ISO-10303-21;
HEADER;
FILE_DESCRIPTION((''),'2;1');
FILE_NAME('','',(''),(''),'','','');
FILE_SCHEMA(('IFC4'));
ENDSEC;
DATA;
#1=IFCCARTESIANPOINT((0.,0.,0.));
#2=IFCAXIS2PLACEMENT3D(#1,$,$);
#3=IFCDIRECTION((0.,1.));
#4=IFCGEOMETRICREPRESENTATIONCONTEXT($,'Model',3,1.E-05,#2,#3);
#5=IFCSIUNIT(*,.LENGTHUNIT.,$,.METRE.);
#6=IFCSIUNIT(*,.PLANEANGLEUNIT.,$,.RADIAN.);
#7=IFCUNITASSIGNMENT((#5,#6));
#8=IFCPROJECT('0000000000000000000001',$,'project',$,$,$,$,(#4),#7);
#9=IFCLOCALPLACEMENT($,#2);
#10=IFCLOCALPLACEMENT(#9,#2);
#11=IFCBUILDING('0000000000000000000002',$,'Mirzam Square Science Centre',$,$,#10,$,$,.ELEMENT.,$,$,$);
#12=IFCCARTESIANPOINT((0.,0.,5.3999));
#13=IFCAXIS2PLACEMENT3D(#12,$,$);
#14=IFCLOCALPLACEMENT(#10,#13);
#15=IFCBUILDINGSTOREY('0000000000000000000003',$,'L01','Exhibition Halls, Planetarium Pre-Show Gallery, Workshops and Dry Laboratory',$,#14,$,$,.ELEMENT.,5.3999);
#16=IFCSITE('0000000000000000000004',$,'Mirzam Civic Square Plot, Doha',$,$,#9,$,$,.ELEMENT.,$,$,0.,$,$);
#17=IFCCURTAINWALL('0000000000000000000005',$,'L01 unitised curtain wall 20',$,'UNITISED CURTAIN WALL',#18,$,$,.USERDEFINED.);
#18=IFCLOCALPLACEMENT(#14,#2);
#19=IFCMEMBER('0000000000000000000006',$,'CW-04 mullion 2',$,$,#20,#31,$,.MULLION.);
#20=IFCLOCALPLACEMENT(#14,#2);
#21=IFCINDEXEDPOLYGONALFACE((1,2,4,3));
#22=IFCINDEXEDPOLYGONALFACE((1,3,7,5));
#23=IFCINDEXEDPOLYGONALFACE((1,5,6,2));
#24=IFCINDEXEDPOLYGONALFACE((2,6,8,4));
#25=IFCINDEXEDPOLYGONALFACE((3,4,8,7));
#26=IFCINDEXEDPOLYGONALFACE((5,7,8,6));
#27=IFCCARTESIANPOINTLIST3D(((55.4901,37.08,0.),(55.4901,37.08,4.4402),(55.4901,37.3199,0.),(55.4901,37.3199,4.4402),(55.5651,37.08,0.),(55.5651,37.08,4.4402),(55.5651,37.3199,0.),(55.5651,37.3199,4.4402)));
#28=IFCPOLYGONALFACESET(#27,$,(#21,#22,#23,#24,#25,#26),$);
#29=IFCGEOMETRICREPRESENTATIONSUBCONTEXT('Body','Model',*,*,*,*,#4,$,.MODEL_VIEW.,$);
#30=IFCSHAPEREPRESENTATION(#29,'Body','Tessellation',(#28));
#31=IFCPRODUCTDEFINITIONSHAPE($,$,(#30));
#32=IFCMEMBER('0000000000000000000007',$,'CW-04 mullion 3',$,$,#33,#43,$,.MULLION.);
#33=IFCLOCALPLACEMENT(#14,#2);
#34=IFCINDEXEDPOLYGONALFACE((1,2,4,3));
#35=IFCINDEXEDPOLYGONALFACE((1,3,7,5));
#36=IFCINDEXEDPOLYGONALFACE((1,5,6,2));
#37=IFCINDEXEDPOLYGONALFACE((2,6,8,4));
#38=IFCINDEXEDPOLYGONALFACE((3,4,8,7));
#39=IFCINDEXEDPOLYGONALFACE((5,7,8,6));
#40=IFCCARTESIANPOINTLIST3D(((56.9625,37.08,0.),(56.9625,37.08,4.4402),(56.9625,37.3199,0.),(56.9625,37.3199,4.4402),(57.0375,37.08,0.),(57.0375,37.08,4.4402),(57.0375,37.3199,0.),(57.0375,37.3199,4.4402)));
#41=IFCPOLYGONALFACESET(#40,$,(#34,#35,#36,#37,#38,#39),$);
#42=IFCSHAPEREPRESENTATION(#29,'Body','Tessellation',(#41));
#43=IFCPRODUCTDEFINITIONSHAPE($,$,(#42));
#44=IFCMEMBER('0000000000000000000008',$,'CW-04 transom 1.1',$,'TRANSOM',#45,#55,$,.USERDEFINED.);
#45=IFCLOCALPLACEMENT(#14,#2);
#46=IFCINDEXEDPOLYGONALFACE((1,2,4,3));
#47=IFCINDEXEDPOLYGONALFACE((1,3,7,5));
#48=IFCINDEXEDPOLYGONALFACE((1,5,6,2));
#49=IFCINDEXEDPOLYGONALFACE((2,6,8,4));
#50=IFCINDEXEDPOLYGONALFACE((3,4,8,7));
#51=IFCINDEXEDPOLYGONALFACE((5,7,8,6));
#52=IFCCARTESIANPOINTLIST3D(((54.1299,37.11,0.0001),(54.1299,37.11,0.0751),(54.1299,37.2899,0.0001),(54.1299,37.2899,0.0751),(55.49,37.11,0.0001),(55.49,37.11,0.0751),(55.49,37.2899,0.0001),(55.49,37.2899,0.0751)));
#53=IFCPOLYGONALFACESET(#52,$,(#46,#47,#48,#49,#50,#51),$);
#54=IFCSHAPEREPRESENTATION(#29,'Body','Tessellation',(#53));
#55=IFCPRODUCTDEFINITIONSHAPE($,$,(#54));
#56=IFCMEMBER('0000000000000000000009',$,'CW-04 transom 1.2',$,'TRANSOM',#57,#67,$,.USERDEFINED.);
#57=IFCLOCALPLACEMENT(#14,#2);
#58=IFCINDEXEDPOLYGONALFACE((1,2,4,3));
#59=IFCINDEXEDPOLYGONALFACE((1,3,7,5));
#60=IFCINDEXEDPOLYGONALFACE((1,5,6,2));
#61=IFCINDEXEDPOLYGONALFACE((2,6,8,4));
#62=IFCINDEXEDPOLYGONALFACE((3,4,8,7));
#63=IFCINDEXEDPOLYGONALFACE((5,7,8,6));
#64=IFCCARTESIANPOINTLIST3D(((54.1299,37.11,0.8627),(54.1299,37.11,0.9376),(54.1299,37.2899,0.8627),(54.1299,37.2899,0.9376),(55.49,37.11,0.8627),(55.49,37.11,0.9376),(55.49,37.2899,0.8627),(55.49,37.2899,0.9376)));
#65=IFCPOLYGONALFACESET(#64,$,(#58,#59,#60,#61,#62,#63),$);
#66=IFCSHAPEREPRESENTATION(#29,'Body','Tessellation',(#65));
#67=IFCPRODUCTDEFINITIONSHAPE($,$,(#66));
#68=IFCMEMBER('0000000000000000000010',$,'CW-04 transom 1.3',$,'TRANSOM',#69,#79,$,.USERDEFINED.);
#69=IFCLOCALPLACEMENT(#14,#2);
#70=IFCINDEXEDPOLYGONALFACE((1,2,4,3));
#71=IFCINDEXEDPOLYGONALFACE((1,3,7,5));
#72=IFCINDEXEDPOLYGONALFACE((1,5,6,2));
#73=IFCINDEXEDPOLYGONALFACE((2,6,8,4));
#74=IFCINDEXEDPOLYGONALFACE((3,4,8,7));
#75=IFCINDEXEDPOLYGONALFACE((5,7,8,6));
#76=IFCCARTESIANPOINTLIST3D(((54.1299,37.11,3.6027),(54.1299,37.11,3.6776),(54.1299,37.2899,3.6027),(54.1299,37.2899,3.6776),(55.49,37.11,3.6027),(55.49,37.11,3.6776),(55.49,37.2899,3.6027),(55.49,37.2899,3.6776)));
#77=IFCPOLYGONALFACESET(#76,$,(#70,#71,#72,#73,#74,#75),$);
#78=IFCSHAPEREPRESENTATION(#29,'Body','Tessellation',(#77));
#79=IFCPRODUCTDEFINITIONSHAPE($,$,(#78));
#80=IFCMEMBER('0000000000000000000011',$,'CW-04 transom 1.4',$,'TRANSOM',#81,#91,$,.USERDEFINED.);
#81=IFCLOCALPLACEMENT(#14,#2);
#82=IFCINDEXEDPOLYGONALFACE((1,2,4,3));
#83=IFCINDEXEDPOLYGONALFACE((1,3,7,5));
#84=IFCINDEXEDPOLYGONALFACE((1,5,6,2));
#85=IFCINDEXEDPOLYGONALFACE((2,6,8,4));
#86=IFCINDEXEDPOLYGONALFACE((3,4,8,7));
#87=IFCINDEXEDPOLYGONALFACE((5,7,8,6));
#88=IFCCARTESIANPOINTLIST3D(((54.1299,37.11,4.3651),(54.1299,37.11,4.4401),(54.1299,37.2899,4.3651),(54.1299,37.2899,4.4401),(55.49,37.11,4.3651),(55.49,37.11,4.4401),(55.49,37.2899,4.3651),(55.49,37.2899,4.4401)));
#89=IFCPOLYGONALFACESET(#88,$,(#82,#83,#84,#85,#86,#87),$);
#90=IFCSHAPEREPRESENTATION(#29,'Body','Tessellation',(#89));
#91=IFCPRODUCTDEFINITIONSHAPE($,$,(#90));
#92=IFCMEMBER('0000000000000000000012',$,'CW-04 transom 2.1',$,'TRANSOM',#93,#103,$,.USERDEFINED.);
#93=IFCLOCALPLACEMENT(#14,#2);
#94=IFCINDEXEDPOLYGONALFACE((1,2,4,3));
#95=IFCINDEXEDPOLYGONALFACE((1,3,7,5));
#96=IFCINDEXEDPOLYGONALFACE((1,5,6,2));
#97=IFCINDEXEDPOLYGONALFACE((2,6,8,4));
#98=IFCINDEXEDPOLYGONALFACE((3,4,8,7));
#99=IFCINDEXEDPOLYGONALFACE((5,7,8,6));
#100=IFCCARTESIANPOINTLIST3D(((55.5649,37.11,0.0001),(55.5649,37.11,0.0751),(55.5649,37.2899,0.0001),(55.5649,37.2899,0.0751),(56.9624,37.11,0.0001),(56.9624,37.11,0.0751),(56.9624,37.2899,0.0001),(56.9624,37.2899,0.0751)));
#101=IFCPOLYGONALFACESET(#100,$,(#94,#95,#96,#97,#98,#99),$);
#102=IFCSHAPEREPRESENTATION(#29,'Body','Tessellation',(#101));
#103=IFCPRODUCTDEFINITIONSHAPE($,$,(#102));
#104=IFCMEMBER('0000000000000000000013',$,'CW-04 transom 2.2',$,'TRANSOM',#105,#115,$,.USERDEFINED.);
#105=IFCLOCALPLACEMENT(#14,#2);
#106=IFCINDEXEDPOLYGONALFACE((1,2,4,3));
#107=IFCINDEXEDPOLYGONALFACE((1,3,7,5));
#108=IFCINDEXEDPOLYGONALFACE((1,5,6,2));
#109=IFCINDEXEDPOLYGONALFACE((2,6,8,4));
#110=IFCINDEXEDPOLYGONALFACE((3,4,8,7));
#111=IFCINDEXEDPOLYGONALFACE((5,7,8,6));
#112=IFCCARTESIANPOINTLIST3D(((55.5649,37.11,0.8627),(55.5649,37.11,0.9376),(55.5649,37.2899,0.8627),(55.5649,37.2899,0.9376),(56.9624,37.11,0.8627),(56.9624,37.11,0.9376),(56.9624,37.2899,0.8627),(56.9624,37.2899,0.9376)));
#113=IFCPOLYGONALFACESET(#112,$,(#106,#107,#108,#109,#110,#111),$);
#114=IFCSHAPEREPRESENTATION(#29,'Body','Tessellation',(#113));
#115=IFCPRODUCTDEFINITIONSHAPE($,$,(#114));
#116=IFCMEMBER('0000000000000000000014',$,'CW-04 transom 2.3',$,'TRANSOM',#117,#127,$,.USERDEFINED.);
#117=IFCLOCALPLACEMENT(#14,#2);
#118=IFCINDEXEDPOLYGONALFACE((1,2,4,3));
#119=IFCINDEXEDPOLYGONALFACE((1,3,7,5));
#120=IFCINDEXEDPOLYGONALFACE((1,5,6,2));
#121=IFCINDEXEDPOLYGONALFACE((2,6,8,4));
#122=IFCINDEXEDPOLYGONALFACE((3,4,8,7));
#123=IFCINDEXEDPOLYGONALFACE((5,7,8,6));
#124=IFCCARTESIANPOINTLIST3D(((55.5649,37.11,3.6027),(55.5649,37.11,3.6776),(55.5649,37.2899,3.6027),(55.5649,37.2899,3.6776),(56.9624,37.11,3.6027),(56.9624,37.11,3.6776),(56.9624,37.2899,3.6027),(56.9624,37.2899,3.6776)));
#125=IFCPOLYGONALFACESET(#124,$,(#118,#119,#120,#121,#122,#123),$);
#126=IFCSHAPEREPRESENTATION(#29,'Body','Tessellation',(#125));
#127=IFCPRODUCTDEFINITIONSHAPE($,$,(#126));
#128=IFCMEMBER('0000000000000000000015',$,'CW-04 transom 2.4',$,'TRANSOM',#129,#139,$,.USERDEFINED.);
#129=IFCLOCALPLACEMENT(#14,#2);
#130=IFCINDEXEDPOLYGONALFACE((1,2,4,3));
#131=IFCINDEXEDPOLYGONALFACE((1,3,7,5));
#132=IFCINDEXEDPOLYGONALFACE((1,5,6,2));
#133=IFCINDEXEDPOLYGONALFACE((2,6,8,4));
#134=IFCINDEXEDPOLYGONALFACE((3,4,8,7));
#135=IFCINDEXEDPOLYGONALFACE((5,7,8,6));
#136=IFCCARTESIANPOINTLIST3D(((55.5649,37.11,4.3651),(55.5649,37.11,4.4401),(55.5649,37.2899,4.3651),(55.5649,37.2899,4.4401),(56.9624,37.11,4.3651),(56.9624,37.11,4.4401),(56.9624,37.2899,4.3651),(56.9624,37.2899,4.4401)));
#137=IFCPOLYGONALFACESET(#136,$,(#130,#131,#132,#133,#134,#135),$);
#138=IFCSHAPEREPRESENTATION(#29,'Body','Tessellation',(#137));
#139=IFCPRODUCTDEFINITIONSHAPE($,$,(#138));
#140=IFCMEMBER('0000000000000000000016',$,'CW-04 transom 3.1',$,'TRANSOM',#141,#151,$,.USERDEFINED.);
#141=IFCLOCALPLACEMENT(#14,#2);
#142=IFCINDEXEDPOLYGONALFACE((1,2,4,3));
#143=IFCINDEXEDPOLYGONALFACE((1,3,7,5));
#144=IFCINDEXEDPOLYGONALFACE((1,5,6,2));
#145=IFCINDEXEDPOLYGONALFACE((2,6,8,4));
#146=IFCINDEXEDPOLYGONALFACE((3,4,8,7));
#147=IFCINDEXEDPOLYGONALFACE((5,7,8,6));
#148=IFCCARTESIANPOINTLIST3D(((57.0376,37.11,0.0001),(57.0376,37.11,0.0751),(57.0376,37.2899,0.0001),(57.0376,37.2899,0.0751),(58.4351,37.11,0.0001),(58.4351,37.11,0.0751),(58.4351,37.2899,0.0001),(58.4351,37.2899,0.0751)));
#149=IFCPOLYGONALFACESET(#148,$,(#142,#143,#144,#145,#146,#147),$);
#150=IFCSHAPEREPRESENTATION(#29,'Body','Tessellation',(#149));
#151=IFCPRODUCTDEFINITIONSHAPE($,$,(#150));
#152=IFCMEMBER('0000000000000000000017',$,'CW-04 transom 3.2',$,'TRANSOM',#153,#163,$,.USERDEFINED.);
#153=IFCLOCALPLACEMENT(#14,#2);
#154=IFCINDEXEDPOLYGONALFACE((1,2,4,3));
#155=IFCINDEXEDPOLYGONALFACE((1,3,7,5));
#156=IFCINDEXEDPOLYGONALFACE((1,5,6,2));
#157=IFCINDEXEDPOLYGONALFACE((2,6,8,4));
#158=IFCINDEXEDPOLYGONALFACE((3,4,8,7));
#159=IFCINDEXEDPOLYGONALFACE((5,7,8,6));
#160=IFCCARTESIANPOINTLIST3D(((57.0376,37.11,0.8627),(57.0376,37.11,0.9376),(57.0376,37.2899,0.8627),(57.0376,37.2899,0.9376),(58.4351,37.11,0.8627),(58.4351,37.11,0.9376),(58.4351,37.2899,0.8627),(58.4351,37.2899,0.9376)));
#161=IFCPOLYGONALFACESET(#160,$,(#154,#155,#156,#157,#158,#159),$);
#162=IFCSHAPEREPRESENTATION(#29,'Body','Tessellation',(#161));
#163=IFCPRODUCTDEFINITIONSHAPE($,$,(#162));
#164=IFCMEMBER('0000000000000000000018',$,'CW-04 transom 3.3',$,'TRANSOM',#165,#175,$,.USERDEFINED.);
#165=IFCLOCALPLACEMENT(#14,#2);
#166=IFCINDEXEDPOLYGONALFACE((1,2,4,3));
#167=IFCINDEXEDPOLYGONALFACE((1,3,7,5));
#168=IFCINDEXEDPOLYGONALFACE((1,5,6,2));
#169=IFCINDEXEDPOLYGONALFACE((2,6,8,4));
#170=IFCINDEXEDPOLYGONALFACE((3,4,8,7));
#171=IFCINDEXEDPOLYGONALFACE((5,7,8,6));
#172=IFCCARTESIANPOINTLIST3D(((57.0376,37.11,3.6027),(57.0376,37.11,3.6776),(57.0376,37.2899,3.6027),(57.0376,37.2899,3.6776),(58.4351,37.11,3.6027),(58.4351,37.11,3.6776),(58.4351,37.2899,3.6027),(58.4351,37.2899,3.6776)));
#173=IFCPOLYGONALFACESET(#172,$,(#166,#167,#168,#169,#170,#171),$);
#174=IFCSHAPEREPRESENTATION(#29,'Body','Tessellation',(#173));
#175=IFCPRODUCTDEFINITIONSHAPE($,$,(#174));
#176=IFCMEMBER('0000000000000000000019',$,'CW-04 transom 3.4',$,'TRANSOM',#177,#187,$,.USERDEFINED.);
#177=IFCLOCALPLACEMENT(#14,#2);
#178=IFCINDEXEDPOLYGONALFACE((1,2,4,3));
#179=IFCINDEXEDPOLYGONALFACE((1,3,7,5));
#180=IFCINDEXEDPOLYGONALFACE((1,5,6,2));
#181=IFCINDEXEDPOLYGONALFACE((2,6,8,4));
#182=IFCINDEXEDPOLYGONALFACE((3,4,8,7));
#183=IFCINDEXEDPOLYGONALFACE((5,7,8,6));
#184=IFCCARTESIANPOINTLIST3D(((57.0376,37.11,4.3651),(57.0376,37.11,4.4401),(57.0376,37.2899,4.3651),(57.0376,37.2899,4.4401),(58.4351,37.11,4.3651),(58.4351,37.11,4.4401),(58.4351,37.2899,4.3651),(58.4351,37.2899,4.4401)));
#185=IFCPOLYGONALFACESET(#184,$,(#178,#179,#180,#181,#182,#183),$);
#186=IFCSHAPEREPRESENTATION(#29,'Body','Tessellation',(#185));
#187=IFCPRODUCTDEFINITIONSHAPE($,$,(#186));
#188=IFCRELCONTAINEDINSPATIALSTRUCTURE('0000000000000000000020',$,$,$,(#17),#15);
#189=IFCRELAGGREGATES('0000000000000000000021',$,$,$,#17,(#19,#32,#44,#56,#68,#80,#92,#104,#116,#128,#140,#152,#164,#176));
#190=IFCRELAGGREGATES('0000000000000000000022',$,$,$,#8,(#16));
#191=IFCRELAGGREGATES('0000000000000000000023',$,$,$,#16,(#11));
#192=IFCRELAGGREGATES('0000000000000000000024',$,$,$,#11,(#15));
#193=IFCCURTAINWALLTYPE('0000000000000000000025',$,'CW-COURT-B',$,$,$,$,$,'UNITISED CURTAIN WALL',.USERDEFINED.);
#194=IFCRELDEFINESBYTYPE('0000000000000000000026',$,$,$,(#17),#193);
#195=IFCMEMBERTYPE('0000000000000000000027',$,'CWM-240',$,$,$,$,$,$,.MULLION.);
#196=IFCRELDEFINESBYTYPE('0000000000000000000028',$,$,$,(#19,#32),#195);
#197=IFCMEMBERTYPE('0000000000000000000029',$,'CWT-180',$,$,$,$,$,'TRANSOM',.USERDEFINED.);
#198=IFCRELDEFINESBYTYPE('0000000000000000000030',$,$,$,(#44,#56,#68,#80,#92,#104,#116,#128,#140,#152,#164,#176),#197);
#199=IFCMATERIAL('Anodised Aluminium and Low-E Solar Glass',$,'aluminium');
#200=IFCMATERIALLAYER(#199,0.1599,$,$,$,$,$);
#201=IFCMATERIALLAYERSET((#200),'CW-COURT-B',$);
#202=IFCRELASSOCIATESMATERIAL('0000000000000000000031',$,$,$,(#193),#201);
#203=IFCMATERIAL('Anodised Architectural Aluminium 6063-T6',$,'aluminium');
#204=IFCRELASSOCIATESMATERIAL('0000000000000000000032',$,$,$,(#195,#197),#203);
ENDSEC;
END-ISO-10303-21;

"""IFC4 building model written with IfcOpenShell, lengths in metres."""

from ifc_helpers import new_model, si_unit, direction, frame, origin, origin_2d, place, context, subcontext, project, spatial, rectangle, extrude, material, layer, layer_set, material_profile, profile_set, type_object, element, aggregate, save


model = new_model("IFC4")

# Units and contexts
model_context = context("Model", 3, precision=1e-05, world=origin(), true_north=direction((0.0, 1.0)))
body_context = subcontext(model_context, "Body", "Model", "MODEL_VIEW")
ifc_project = project(units=[si_unit("LENGTHUNIT", "METRE"), si_unit("PLANEANGLEUNIT", "RADIAN")], contexts=[model_context])

# Site, building, storey
site_placement = place(None, origin())
site = spatial("IfcSite", under=ifc_project, at=site_placement, Name="Mirzam Civic Square Plot, Doha", CompositionType="ELEMENT", RefElevation=0.0)
building_placement = place(site_placement, origin())
building = spatial("IfcBuilding", under=site, at=building_placement, Name="Mirzam Square Science Centre", CompositionType="ELEMENT")
storey_placement = place(building_placement, frame((0.0, 0.0, 5.3999)))
storey = spatial("IfcBuildingStorey", under=building, at=storey_placement, Name="L01", Description="Exhibition Halls, Planetarium Pre-Show Gallery, Workshops and Dry Laboratory", CompositionType="ELEMENT", Elevation=5.3999)

# Curtain wall, members
ifc_material_1 = material(Name="Anodised Aluminium and Low-E Solar Glass", Category="aluminium")
ifc_layer_1 = layer(ifc_material_1, 0.1599)
ifc_layer_set_1 = layer_set([ifc_layer_1], Name="CW-COURT-B")
curtain_wall_type = type_object("IfcCurtainWallType", Name="CW-COURT-B", ElementType="UNITISED CURTAIN WALL", PredefinedType="USERDEFINED", material=ifc_layer_set_1)
curtain_wall_placement = place(storey_placement, origin())
curtain_wall = element("IfcCurtainWall", 1, at=curtain_wall_placement, inside=storey, type_object=curtain_wall_type, Name="L01 unitised curtain wall 20", ObjectType="UNITISED CURTAIN WALL", PredefinedType="USERDEFINED")
ifc_material_2 = material(Name="Anodised Architectural Aluminium 6063-T6", Category="aluminium")
ifc_material_profile_1 = material_profile(ifc_material_2, rectangle(XDim=0.075, YDim=0.24, at=origin_2d()), Name="ALU-MULL-240x75x5")
ifc_profile_set_1 = profile_set([ifc_material_profile_1], Name="Anodised Architectural Aluminium 6063-T6")
member_type_1 = type_object("IfcMemberType", Name="CWM-240", PredefinedType="MULLION", material=ifc_profile_set_1)
member_1_placement = place(storey_placement, frame((55.5276, 37.2, 0.0), z_axis=(0.0, 0.0, 1.0), x_axis=(1.0, 0.0, 0.0)))
member_1 = element("IfcMember", 2, at=member_1_placement, type_object=member_type_1, Name="CW-04 mullion 2", PredefinedType="MULLION", context=body_context, shape_type="SweptSolid", body=[
    extrude(rectangle(XDim=0.075, YDim=0.24, at=origin_2d()), origin(), (0.0, 0.0, 1.0), 4.4402),
])
member_2_placement = place(storey_placement, frame((57.0, 37.2, 0.0), z_axis=(0.0, 0.0, 1.0), x_axis=(1.0, 0.0, 0.0)))
member_2 = element("IfcMember", 3, at=member_2_placement, type_object=member_type_1, Name="CW-04 mullion 3", PredefinedType="MULLION", context=body_context, shape_type="SweptSolid", body=[
    extrude(rectangle(XDim=0.075, YDim=0.24, at=origin_2d()), origin(), (0.0, 0.0, 1.0), 4.4402),
])
ifc_material_profile_2 = material_profile(ifc_material_2, rectangle(XDim=0.1799, YDim=0.075, at=origin_2d()), Name="ALU-TRAN-180x75x5")
ifc_profile_set_2 = profile_set([ifc_material_profile_2], Name="Anodised Architectural Aluminium 6063-T6")
member_type_2 = type_object("IfcMemberType", Name="CWT-180", ElementType="TRANSOM", PredefinedType="USERDEFINED", material=ifc_profile_set_2)
member_3_placement = place(storey_placement, frame((54.1299, 37.2, 0.0376), z_axis=(1.0, 0.0, 0.0), x_axis=(0.0, 1.0, 0.0)))
member_3 = element("IfcMember", 4, at=member_3_placement, type_object=member_type_2, Name="CW-04 transom 1.1", ObjectType="TRANSOM", PredefinedType="USERDEFINED", context=body_context, shape_type="SweptSolid", body=[
    extrude(rectangle(XDim=0.1799, YDim=0.075, at=origin_2d()), origin(), (0.0, 0.0, 1.0), 1.3601),
])
member_4_placement = place(storey_placement, frame((54.1299, 37.2, 0.9001), z_axis=(1.0, 0.0, 0.0), x_axis=(0.0, 1.0, 0.0)))
member_4 = element("IfcMember", 5, at=member_4_placement, type_object=member_type_2, Name="CW-04 transom 1.2", ObjectType="TRANSOM", PredefinedType="USERDEFINED", context=body_context, shape_type="SweptSolid", body=[
    extrude(rectangle(XDim=0.1799, YDim=0.075, at=origin_2d()), origin(), (0.0, 0.0, 1.0), 1.3601),
])
member_5_placement = place(storey_placement, frame((54.1299, 37.2, 3.6401), z_axis=(1.0, 0.0, 0.0), x_axis=(0.0, 1.0, 0.0)))
member_5 = element("IfcMember", 6, at=member_5_placement, type_object=member_type_2, Name="CW-04 transom 1.3", ObjectType="TRANSOM", PredefinedType="USERDEFINED", context=body_context, shape_type="SweptSolid", body=[
    extrude(rectangle(XDim=0.1799, YDim=0.075, at=origin_2d()), origin(), (0.0, 0.0, 1.0), 1.3601),
])
member_6_placement = place(storey_placement, frame((54.1299, 37.2, 4.4026), z_axis=(1.0, 0.0, 0.0), x_axis=(0.0, 1.0, 0.0)))
member_6 = element("IfcMember", 7, at=member_6_placement, type_object=member_type_2, Name="CW-04 transom 1.4", ObjectType="TRANSOM", PredefinedType="USERDEFINED", context=body_context, shape_type="SweptSolid", body=[
    extrude(rectangle(XDim=0.1799, YDim=0.075, at=origin_2d()), origin(), (0.0, 0.0, 1.0), 1.3601),
])
member_7_placement = place(storey_placement, frame((55.5649, 37.2, 0.0376), z_axis=(1.0, 0.0, 0.0), x_axis=(0.0, 1.0, 0.0)))
member_7 = element("IfcMember", 8, at=member_7_placement, type_object=member_type_2, Name="CW-04 transom 2.1", ObjectType="TRANSOM", PredefinedType="USERDEFINED", context=body_context, shape_type="SweptSolid", body=[
    extrude(rectangle(XDim=0.1799, YDim=0.075, at=origin_2d()), origin(), (0.0, 0.0, 1.0), 1.3975),
])
member_8_placement = place(storey_placement, frame((55.5649, 37.2, 0.9001), z_axis=(1.0, 0.0, 0.0), x_axis=(0.0, 1.0, 0.0)))
member_8 = element("IfcMember", 9, at=member_8_placement, type_object=member_type_2, Name="CW-04 transom 2.2", ObjectType="TRANSOM", PredefinedType="USERDEFINED", context=body_context, shape_type="SweptSolid", body=[
    extrude(rectangle(XDim=0.1799, YDim=0.075, at=origin_2d()), origin(), (0.0, 0.0, 1.0), 1.3975),
])
member_9_placement = place(storey_placement, frame((55.5649, 37.2, 3.6401), z_axis=(1.0, 0.0, 0.0), x_axis=(0.0, 1.0, 0.0)))
member_9 = element("IfcMember", 10, at=member_9_placement, type_object=member_type_2, Name="CW-04 transom 2.3", ObjectType="TRANSOM", PredefinedType="USERDEFINED", context=body_context, shape_type="SweptSolid", body=[
    extrude(rectangle(XDim=0.1799, YDim=0.075, at=origin_2d()), origin(), (0.0, 0.0, 1.0), 1.3975),
])
member_10_placement = place(storey_placement, frame((55.5649, 37.2, 4.4026), z_axis=(1.0, 0.0, 0.0), x_axis=(0.0, 1.0, 0.0)))
member_10 = element("IfcMember", 11, at=member_10_placement, type_object=member_type_2, Name="CW-04 transom 2.4", ObjectType="TRANSOM", PredefinedType="USERDEFINED", context=body_context, shape_type="SweptSolid", body=[
    extrude(rectangle(XDim=0.1799, YDim=0.075, at=origin_2d()), origin(), (0.0, 0.0, 1.0), 1.3975),
])
member_11_placement = place(storey_placement, frame((57.0376, 37.2, 0.0376), z_axis=(1.0, 0.0, 0.0), x_axis=(0.0, 1.0, 0.0)))
member_11 = element("IfcMember", 12, at=member_11_placement, type_object=member_type_2, Name="CW-04 transom 3.1", ObjectType="TRANSOM", PredefinedType="USERDEFINED", context=body_context, shape_type="SweptSolid", body=[
    extrude(rectangle(XDim=0.1799, YDim=0.075, at=origin_2d()), origin(), (0.0, 0.0, 1.0), 1.3975),
])
member_12_placement = place(storey_placement, frame((57.0376, 37.2, 0.9001), z_axis=(1.0, 0.0, 0.0), x_axis=(0.0, 1.0, 0.0)))
member_12 = element("IfcMember", 13, at=member_12_placement, type_object=member_type_2, Name="CW-04 transom 3.2", ObjectType="TRANSOM", PredefinedType="USERDEFINED", context=body_context, shape_type="SweptSolid", body=[
    extrude(rectangle(XDim=0.1799, YDim=0.075, at=origin_2d()), origin(), (0.0, 0.0, 1.0), 1.3975),
])
member_13_placement = place(storey_placement, frame((57.0376, 37.2, 3.6401), z_axis=(1.0, 0.0, 0.0), x_axis=(0.0, 1.0, 0.0)))
member_13 = element("IfcMember", 14, at=member_13_placement, type_object=member_type_2, Name="CW-04 transom 3.3", ObjectType="TRANSOM", PredefinedType="USERDEFINED", context=body_context, shape_type="SweptSolid", body=[
    extrude(rectangle(XDim=0.1799, YDim=0.075, at=origin_2d()), origin(), (0.0, 0.0, 1.0), 1.3975),
])
member_14_placement = place(storey_placement, frame((57.0376, 37.2, 4.4026), z_axis=(1.0, 0.0, 0.0), x_axis=(0.0, 1.0, 0.0)))
member_14 = element("IfcMember", 15, at=member_14_placement, type_object=member_type_2, Name="CW-04 transom 3.4", ObjectType="TRANSOM", PredefinedType="USERDEFINED", context=body_context, shape_type="SweptSolid", body=[
    extrude(rectangle(XDim=0.1799, YDim=0.075, at=origin_2d()), origin(), (0.0, 0.0, 1.0), 1.3975),
])

aggregate(curtain_wall, [member_1, member_2, member_3, member_4, member_5, member_6, member_7, member_8, member_9, member_10, member_11, member_12, member_13, member_14])

save(model, "model.ifc")
